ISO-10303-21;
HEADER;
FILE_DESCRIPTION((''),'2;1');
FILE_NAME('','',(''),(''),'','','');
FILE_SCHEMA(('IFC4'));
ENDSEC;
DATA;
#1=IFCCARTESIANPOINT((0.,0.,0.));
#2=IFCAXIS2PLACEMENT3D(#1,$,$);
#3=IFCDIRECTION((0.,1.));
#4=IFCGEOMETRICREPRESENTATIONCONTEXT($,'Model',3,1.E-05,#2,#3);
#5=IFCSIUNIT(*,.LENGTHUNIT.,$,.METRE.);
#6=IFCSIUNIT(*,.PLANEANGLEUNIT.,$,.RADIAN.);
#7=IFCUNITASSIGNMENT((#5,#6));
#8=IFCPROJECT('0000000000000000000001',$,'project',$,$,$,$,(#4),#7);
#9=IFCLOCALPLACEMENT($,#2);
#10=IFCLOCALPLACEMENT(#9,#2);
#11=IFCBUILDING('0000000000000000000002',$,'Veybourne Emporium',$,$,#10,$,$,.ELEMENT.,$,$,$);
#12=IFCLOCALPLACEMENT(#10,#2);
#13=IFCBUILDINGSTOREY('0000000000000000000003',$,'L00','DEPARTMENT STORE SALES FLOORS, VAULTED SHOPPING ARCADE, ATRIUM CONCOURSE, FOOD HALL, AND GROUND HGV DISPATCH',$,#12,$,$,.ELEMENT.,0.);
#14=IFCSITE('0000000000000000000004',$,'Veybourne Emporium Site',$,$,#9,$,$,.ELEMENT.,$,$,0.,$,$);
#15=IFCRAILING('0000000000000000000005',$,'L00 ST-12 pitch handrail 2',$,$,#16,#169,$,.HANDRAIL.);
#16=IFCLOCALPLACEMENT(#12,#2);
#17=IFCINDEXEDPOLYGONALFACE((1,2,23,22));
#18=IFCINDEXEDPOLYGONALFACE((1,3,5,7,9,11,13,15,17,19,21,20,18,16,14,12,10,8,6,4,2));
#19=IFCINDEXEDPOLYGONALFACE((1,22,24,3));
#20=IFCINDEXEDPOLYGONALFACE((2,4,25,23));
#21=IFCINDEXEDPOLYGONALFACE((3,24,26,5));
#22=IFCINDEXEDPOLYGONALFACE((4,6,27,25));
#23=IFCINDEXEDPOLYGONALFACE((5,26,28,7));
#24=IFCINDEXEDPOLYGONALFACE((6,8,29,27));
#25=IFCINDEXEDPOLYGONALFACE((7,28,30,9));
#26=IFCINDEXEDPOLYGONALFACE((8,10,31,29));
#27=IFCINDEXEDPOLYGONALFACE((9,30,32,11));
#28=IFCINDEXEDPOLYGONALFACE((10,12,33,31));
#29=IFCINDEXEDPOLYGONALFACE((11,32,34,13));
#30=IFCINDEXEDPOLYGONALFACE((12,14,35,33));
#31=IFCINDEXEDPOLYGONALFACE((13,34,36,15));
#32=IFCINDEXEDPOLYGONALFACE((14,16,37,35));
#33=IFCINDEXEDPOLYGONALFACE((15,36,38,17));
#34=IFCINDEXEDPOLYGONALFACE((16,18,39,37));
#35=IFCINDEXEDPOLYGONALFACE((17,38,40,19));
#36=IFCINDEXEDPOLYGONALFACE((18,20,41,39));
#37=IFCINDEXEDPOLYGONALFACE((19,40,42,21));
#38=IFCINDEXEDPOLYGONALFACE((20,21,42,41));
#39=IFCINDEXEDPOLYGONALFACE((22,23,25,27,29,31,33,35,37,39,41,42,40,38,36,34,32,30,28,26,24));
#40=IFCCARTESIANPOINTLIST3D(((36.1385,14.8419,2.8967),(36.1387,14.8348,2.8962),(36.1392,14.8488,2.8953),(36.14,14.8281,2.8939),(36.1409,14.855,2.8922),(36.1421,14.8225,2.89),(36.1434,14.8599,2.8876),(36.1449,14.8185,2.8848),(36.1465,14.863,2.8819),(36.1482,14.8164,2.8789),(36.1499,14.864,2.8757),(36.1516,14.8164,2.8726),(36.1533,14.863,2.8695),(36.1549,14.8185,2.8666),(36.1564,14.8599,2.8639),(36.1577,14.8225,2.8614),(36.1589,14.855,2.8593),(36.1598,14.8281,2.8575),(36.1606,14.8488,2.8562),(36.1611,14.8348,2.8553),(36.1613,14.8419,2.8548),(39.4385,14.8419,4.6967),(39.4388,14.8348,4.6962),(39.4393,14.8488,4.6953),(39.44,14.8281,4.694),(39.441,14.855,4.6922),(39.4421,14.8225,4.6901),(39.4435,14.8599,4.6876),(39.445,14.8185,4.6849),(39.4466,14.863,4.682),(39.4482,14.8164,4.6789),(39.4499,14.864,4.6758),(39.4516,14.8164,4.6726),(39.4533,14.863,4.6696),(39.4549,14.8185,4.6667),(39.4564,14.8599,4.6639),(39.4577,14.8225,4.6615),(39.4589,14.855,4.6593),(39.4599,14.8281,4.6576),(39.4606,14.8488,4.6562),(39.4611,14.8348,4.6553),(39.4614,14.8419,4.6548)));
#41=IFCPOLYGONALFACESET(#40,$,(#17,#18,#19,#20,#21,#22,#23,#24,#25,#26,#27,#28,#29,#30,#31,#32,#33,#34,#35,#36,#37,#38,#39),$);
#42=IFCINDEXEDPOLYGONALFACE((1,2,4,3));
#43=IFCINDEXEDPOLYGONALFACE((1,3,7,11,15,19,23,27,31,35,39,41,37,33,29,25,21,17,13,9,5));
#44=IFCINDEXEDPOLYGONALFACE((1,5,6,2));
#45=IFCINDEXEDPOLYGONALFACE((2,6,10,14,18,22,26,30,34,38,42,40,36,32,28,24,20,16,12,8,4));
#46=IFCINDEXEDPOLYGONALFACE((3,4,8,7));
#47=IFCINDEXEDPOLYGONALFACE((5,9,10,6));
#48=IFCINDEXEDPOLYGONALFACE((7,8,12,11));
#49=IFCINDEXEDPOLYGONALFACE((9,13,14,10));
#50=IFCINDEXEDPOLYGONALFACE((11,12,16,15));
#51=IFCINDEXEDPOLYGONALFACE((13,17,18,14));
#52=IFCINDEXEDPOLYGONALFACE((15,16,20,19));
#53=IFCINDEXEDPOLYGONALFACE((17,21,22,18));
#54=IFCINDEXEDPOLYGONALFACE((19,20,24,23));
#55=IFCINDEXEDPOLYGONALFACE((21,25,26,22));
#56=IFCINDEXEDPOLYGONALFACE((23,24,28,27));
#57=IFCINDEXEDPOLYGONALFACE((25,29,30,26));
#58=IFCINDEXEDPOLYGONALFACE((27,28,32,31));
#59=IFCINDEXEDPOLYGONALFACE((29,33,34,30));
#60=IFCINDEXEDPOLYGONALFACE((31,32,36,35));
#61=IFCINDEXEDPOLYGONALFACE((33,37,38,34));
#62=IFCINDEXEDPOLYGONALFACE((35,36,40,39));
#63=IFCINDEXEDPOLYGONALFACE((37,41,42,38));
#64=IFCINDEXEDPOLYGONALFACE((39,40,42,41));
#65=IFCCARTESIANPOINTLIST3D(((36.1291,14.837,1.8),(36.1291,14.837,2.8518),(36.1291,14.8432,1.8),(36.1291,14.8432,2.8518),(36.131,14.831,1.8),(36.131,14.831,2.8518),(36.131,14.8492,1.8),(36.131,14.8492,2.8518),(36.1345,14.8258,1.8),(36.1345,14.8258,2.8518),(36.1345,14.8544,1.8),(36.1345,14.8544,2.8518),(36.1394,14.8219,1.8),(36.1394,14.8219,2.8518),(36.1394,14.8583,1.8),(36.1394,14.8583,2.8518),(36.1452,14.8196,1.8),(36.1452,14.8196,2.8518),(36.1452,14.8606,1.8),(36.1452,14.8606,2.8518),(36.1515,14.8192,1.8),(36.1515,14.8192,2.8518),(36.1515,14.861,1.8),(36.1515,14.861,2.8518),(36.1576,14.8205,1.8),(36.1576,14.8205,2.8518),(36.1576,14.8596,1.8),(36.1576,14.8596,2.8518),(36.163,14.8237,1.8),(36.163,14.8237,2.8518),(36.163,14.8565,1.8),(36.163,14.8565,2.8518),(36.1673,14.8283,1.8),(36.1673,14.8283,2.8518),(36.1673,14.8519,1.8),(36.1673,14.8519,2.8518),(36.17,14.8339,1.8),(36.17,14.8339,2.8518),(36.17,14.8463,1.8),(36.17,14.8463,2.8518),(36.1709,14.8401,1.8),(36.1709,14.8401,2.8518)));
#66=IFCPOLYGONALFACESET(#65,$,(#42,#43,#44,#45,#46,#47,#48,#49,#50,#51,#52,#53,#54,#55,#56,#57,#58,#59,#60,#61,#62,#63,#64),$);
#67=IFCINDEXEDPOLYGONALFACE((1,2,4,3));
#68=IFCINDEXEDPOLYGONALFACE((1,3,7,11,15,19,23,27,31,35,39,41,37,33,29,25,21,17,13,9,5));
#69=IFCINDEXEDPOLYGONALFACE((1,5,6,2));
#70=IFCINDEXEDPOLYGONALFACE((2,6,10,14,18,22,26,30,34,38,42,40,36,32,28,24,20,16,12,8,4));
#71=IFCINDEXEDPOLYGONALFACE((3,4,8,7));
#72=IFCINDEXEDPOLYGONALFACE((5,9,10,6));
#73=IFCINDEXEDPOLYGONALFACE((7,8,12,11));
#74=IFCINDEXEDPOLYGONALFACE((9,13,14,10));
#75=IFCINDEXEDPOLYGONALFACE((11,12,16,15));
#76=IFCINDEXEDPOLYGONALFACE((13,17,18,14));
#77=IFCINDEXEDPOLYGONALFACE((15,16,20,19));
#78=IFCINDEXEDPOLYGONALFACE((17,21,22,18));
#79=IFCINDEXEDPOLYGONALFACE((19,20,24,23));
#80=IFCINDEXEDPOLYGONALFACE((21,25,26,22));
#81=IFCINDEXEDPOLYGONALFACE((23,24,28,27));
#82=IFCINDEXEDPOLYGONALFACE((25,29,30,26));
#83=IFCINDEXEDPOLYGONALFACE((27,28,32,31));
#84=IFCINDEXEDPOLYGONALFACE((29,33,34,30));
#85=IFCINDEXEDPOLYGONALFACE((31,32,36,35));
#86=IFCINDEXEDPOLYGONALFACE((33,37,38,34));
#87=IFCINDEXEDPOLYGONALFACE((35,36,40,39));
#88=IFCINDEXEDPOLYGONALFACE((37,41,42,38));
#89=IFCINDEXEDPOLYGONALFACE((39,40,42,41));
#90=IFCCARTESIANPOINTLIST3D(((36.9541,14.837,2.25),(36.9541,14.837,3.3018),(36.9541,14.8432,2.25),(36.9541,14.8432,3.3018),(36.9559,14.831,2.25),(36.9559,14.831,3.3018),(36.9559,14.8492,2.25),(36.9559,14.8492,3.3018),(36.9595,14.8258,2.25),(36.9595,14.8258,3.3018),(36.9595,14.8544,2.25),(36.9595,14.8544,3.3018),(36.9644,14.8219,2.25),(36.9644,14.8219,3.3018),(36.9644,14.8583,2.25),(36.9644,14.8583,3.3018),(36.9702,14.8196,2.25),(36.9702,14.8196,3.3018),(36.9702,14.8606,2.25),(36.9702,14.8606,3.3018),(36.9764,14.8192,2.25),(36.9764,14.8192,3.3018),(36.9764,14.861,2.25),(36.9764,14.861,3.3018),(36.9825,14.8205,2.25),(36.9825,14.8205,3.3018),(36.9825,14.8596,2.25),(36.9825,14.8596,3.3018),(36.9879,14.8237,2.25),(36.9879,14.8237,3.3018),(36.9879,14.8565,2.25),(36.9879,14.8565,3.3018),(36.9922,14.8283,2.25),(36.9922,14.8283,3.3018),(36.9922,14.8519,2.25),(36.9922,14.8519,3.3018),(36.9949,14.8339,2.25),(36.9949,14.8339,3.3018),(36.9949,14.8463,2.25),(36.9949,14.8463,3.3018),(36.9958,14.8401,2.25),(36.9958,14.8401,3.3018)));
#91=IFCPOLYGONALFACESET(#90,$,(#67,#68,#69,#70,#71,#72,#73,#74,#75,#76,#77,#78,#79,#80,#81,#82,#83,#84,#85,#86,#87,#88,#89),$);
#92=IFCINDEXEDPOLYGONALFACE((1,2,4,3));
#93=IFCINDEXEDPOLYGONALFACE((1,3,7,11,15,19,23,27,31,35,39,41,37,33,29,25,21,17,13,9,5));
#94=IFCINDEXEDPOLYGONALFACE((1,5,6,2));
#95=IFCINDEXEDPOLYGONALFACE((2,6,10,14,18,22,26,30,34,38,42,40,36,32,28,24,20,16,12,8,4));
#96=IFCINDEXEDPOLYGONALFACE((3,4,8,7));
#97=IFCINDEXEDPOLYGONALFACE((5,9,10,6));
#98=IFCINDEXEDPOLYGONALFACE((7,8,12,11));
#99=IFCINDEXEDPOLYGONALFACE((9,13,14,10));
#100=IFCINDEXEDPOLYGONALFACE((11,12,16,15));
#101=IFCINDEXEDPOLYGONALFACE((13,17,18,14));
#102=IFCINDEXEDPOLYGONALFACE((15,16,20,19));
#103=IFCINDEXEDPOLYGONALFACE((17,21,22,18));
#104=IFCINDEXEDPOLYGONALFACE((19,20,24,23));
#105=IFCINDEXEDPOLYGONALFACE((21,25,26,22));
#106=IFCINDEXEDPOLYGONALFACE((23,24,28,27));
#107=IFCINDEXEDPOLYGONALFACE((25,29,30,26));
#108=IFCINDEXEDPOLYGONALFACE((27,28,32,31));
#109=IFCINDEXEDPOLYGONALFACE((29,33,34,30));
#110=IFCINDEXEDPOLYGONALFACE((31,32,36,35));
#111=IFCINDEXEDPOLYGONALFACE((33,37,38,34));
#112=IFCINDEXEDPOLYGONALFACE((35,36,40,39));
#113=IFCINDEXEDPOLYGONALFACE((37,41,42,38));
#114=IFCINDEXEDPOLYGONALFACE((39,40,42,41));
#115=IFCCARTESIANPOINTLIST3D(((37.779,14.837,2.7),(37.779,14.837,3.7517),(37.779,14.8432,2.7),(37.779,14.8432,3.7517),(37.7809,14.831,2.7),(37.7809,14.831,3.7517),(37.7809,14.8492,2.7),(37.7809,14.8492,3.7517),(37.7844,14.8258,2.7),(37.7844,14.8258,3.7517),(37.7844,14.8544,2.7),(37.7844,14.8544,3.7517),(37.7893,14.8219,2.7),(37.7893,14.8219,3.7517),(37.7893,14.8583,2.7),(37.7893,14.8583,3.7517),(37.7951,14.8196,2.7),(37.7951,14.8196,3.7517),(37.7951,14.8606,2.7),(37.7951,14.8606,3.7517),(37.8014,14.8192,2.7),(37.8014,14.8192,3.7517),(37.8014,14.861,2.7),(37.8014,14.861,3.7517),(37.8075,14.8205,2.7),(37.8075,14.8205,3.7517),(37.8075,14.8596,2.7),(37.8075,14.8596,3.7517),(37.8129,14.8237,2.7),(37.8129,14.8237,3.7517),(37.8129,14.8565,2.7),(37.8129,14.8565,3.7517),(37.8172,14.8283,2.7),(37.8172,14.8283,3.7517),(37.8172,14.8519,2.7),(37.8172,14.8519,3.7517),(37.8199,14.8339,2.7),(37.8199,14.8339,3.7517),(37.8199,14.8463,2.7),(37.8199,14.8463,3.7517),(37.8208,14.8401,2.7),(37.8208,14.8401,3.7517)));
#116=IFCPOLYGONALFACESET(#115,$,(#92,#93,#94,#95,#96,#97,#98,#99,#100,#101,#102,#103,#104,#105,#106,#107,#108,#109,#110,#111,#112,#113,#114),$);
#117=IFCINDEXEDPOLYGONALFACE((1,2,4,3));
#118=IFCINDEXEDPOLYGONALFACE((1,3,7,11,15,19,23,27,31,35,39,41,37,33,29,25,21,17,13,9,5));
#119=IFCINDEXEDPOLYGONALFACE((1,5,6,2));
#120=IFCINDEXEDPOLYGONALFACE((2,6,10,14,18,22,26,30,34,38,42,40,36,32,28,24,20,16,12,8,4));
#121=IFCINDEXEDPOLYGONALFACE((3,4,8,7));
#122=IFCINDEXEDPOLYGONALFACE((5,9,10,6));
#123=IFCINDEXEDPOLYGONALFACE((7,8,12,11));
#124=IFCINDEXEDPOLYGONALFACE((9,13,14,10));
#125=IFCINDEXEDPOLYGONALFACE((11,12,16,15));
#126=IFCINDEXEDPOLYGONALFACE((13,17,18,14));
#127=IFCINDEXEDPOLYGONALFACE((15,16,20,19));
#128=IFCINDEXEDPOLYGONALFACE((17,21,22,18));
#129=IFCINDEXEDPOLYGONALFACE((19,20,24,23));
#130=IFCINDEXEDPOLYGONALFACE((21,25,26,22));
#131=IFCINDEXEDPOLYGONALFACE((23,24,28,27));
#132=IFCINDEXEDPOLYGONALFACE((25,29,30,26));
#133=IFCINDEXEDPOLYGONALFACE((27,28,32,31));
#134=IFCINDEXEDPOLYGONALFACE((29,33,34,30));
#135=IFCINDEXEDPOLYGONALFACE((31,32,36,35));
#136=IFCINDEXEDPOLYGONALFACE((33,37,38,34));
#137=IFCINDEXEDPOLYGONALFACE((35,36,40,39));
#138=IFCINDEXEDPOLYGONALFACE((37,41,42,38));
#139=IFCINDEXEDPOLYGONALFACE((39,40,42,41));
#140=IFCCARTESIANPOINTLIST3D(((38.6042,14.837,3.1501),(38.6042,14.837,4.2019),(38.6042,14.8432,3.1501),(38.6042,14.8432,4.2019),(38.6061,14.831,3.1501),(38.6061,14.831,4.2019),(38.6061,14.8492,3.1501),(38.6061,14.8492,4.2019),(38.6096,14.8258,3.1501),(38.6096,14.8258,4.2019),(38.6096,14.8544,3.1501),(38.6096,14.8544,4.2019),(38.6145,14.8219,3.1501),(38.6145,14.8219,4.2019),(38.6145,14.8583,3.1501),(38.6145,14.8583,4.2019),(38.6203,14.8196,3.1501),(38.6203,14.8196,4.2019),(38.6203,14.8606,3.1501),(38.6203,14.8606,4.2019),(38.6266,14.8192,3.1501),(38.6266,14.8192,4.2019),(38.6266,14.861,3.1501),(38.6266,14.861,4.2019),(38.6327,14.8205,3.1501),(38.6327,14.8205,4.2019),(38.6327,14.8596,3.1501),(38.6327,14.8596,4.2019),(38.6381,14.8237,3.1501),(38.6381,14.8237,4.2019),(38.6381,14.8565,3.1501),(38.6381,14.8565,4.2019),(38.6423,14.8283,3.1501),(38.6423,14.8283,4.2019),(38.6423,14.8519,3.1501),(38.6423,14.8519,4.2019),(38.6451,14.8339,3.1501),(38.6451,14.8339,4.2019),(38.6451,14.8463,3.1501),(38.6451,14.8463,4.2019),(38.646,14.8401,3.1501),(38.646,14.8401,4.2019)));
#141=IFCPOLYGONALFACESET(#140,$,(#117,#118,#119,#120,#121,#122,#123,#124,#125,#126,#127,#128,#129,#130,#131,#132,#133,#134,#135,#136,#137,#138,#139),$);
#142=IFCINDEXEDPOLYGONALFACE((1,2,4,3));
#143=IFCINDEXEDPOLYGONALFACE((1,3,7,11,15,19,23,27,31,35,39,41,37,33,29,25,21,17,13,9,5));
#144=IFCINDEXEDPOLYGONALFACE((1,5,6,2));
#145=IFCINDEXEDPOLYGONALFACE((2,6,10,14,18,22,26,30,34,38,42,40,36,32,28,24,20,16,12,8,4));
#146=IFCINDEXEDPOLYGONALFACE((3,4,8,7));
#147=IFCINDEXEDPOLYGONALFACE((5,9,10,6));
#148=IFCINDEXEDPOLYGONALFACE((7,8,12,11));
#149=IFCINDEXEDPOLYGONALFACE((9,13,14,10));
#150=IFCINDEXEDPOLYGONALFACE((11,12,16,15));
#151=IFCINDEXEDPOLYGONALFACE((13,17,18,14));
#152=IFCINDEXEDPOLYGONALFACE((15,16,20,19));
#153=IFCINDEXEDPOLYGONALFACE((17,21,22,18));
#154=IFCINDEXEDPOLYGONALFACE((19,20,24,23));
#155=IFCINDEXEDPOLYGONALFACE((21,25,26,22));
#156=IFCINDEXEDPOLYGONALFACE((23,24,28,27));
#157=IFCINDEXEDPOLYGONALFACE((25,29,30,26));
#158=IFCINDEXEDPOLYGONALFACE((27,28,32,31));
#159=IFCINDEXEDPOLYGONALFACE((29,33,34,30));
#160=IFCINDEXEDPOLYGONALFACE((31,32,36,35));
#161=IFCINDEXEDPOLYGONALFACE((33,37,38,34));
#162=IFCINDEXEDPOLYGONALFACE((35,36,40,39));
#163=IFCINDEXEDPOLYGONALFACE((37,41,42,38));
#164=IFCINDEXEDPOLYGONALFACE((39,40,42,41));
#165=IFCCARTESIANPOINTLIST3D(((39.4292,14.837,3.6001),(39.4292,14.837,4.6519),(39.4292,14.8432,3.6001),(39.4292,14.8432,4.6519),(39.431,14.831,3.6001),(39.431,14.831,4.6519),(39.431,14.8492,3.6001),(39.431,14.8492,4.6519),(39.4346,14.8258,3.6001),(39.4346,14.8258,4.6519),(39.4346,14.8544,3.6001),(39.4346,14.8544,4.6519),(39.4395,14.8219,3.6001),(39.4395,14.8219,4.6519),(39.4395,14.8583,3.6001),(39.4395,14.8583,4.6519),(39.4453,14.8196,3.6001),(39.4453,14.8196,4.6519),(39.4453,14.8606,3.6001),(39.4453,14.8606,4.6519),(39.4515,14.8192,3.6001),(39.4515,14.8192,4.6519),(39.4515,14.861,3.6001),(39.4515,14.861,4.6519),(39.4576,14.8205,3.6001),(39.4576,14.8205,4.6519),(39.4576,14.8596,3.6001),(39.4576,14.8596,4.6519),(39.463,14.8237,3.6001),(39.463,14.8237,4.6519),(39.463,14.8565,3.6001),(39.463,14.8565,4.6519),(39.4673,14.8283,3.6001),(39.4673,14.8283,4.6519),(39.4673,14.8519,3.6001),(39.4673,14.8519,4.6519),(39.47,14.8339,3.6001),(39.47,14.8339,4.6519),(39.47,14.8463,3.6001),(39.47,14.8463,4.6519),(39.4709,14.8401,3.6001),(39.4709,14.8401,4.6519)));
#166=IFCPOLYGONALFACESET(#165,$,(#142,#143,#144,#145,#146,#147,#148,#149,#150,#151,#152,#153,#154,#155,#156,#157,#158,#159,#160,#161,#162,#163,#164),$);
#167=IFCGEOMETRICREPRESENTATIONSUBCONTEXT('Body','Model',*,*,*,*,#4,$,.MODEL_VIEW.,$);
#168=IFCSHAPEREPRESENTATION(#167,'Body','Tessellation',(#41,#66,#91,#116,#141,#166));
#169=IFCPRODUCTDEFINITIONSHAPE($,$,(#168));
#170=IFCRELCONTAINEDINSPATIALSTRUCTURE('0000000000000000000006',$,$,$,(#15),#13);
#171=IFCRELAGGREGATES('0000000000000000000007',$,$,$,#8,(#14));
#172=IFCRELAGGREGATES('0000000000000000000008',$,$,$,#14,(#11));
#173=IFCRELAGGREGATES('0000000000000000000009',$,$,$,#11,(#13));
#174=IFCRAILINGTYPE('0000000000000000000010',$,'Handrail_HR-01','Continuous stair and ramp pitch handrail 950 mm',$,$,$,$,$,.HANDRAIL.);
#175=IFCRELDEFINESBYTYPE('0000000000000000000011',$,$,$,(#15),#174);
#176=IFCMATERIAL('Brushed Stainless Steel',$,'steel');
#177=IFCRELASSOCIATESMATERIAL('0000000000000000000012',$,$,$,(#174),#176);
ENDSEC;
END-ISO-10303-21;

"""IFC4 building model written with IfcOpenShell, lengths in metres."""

from ifc_helpers import new_model, si_unit, direction, frame, origin, origin_2d, place, context, subcontext, project, spatial, circle, extrude, material, type_object, element, save


model = new_model("IFC4")

# Units and contexts
model_context = context("Model", 3, precision=1e-05, world=origin(), true_north=direction((0.0, 1.0)))
body_context = subcontext(model_context, "Body", "Model", "MODEL_VIEW")
ifc_project = project(units=[si_unit("LENGTHUNIT", "METRE"), si_unit("PLANEANGLEUNIT", "RADIAN")], contexts=[model_context])

# Site, building, storey
site_placement = place(None, origin())
site = spatial("IfcSite", under=ifc_project, at=site_placement, Name="Veybourne Emporium Site", CompositionType="ELEMENT", RefElevation=0.0)
building_placement = place(site_placement, origin())
building = spatial("IfcBuilding", under=site, at=building_placement, Name="Veybourne Emporium", CompositionType="ELEMENT")
storey_placement = place(building_placement, origin())
storey = spatial("IfcBuildingStorey", under=building, at=storey_placement, Name="L00", Description="DEPARTMENT STORE SALES FLOORS, VAULTED SHOPPING ARCADE, ATRIUM CONCOURSE, FOOD HALL, AND GROUND HGV DISPATCH", CompositionType="ELEMENT", Elevation=0.0)

# Railing
ifc_material_1 = material(Name="Brushed Stainless Steel", Category="steel")
railing_type_1 = type_object("IfcRailingType", Name="Handrail_HR-01", Description="Continuous stair and ramp pitch handrail 950 mm", PredefinedType="HANDRAIL", material=ifc_material_1)
railing_1_placement = place(storey_placement, frame((36.1499, 14.8401, 1.95)))
element("IfcRailing", 1, at=railing_1_placement, inside=storey, type_object=railing_type_1, Name="L00 ST-12 pitch handrail 2", PredefinedType="HANDRAIL", context=body_context, shape_type="SweptSolid", body=[
    extrude(circle(Radius=0.0239, at=origin_2d()), frame((0.0, 0.0, 0.9258), z_axis=(0.877893, 0.0, 0.478857), x_axis=(0.0, 1.0, 0.0)), (0.0, 0.0, 1.0), 3.759),
    extrude(circle(Radius=0.021, at=origin_2d()), frame((0.0, 0.0, -0.1499)), (0.0, 0.0, 1.0), 1.0518),
    extrude(circle(Radius=0.021, at=origin_2d()), frame((0.825, 0.0, 0.3)), (0.0, 0.0, 1.0), 1.0518),
    extrude(circle(Radius=0.021, at=origin_2d()), frame((1.6499, 0.0, 0.75)), (0.0, 0.0, 1.0), 1.0518),
    extrude(circle(Radius=0.021, at=origin_2d()), frame((2.4751, 0.0, 1.2002)), (0.0, 0.0, 1.0), 1.0518),
    extrude(circle(Radius=0.021, at=origin_2d()), frame((3.3, 0.0, 1.6501)), (0.0, 0.0, 1.0), 1.0518),
])

save(model, "model.ifc")
